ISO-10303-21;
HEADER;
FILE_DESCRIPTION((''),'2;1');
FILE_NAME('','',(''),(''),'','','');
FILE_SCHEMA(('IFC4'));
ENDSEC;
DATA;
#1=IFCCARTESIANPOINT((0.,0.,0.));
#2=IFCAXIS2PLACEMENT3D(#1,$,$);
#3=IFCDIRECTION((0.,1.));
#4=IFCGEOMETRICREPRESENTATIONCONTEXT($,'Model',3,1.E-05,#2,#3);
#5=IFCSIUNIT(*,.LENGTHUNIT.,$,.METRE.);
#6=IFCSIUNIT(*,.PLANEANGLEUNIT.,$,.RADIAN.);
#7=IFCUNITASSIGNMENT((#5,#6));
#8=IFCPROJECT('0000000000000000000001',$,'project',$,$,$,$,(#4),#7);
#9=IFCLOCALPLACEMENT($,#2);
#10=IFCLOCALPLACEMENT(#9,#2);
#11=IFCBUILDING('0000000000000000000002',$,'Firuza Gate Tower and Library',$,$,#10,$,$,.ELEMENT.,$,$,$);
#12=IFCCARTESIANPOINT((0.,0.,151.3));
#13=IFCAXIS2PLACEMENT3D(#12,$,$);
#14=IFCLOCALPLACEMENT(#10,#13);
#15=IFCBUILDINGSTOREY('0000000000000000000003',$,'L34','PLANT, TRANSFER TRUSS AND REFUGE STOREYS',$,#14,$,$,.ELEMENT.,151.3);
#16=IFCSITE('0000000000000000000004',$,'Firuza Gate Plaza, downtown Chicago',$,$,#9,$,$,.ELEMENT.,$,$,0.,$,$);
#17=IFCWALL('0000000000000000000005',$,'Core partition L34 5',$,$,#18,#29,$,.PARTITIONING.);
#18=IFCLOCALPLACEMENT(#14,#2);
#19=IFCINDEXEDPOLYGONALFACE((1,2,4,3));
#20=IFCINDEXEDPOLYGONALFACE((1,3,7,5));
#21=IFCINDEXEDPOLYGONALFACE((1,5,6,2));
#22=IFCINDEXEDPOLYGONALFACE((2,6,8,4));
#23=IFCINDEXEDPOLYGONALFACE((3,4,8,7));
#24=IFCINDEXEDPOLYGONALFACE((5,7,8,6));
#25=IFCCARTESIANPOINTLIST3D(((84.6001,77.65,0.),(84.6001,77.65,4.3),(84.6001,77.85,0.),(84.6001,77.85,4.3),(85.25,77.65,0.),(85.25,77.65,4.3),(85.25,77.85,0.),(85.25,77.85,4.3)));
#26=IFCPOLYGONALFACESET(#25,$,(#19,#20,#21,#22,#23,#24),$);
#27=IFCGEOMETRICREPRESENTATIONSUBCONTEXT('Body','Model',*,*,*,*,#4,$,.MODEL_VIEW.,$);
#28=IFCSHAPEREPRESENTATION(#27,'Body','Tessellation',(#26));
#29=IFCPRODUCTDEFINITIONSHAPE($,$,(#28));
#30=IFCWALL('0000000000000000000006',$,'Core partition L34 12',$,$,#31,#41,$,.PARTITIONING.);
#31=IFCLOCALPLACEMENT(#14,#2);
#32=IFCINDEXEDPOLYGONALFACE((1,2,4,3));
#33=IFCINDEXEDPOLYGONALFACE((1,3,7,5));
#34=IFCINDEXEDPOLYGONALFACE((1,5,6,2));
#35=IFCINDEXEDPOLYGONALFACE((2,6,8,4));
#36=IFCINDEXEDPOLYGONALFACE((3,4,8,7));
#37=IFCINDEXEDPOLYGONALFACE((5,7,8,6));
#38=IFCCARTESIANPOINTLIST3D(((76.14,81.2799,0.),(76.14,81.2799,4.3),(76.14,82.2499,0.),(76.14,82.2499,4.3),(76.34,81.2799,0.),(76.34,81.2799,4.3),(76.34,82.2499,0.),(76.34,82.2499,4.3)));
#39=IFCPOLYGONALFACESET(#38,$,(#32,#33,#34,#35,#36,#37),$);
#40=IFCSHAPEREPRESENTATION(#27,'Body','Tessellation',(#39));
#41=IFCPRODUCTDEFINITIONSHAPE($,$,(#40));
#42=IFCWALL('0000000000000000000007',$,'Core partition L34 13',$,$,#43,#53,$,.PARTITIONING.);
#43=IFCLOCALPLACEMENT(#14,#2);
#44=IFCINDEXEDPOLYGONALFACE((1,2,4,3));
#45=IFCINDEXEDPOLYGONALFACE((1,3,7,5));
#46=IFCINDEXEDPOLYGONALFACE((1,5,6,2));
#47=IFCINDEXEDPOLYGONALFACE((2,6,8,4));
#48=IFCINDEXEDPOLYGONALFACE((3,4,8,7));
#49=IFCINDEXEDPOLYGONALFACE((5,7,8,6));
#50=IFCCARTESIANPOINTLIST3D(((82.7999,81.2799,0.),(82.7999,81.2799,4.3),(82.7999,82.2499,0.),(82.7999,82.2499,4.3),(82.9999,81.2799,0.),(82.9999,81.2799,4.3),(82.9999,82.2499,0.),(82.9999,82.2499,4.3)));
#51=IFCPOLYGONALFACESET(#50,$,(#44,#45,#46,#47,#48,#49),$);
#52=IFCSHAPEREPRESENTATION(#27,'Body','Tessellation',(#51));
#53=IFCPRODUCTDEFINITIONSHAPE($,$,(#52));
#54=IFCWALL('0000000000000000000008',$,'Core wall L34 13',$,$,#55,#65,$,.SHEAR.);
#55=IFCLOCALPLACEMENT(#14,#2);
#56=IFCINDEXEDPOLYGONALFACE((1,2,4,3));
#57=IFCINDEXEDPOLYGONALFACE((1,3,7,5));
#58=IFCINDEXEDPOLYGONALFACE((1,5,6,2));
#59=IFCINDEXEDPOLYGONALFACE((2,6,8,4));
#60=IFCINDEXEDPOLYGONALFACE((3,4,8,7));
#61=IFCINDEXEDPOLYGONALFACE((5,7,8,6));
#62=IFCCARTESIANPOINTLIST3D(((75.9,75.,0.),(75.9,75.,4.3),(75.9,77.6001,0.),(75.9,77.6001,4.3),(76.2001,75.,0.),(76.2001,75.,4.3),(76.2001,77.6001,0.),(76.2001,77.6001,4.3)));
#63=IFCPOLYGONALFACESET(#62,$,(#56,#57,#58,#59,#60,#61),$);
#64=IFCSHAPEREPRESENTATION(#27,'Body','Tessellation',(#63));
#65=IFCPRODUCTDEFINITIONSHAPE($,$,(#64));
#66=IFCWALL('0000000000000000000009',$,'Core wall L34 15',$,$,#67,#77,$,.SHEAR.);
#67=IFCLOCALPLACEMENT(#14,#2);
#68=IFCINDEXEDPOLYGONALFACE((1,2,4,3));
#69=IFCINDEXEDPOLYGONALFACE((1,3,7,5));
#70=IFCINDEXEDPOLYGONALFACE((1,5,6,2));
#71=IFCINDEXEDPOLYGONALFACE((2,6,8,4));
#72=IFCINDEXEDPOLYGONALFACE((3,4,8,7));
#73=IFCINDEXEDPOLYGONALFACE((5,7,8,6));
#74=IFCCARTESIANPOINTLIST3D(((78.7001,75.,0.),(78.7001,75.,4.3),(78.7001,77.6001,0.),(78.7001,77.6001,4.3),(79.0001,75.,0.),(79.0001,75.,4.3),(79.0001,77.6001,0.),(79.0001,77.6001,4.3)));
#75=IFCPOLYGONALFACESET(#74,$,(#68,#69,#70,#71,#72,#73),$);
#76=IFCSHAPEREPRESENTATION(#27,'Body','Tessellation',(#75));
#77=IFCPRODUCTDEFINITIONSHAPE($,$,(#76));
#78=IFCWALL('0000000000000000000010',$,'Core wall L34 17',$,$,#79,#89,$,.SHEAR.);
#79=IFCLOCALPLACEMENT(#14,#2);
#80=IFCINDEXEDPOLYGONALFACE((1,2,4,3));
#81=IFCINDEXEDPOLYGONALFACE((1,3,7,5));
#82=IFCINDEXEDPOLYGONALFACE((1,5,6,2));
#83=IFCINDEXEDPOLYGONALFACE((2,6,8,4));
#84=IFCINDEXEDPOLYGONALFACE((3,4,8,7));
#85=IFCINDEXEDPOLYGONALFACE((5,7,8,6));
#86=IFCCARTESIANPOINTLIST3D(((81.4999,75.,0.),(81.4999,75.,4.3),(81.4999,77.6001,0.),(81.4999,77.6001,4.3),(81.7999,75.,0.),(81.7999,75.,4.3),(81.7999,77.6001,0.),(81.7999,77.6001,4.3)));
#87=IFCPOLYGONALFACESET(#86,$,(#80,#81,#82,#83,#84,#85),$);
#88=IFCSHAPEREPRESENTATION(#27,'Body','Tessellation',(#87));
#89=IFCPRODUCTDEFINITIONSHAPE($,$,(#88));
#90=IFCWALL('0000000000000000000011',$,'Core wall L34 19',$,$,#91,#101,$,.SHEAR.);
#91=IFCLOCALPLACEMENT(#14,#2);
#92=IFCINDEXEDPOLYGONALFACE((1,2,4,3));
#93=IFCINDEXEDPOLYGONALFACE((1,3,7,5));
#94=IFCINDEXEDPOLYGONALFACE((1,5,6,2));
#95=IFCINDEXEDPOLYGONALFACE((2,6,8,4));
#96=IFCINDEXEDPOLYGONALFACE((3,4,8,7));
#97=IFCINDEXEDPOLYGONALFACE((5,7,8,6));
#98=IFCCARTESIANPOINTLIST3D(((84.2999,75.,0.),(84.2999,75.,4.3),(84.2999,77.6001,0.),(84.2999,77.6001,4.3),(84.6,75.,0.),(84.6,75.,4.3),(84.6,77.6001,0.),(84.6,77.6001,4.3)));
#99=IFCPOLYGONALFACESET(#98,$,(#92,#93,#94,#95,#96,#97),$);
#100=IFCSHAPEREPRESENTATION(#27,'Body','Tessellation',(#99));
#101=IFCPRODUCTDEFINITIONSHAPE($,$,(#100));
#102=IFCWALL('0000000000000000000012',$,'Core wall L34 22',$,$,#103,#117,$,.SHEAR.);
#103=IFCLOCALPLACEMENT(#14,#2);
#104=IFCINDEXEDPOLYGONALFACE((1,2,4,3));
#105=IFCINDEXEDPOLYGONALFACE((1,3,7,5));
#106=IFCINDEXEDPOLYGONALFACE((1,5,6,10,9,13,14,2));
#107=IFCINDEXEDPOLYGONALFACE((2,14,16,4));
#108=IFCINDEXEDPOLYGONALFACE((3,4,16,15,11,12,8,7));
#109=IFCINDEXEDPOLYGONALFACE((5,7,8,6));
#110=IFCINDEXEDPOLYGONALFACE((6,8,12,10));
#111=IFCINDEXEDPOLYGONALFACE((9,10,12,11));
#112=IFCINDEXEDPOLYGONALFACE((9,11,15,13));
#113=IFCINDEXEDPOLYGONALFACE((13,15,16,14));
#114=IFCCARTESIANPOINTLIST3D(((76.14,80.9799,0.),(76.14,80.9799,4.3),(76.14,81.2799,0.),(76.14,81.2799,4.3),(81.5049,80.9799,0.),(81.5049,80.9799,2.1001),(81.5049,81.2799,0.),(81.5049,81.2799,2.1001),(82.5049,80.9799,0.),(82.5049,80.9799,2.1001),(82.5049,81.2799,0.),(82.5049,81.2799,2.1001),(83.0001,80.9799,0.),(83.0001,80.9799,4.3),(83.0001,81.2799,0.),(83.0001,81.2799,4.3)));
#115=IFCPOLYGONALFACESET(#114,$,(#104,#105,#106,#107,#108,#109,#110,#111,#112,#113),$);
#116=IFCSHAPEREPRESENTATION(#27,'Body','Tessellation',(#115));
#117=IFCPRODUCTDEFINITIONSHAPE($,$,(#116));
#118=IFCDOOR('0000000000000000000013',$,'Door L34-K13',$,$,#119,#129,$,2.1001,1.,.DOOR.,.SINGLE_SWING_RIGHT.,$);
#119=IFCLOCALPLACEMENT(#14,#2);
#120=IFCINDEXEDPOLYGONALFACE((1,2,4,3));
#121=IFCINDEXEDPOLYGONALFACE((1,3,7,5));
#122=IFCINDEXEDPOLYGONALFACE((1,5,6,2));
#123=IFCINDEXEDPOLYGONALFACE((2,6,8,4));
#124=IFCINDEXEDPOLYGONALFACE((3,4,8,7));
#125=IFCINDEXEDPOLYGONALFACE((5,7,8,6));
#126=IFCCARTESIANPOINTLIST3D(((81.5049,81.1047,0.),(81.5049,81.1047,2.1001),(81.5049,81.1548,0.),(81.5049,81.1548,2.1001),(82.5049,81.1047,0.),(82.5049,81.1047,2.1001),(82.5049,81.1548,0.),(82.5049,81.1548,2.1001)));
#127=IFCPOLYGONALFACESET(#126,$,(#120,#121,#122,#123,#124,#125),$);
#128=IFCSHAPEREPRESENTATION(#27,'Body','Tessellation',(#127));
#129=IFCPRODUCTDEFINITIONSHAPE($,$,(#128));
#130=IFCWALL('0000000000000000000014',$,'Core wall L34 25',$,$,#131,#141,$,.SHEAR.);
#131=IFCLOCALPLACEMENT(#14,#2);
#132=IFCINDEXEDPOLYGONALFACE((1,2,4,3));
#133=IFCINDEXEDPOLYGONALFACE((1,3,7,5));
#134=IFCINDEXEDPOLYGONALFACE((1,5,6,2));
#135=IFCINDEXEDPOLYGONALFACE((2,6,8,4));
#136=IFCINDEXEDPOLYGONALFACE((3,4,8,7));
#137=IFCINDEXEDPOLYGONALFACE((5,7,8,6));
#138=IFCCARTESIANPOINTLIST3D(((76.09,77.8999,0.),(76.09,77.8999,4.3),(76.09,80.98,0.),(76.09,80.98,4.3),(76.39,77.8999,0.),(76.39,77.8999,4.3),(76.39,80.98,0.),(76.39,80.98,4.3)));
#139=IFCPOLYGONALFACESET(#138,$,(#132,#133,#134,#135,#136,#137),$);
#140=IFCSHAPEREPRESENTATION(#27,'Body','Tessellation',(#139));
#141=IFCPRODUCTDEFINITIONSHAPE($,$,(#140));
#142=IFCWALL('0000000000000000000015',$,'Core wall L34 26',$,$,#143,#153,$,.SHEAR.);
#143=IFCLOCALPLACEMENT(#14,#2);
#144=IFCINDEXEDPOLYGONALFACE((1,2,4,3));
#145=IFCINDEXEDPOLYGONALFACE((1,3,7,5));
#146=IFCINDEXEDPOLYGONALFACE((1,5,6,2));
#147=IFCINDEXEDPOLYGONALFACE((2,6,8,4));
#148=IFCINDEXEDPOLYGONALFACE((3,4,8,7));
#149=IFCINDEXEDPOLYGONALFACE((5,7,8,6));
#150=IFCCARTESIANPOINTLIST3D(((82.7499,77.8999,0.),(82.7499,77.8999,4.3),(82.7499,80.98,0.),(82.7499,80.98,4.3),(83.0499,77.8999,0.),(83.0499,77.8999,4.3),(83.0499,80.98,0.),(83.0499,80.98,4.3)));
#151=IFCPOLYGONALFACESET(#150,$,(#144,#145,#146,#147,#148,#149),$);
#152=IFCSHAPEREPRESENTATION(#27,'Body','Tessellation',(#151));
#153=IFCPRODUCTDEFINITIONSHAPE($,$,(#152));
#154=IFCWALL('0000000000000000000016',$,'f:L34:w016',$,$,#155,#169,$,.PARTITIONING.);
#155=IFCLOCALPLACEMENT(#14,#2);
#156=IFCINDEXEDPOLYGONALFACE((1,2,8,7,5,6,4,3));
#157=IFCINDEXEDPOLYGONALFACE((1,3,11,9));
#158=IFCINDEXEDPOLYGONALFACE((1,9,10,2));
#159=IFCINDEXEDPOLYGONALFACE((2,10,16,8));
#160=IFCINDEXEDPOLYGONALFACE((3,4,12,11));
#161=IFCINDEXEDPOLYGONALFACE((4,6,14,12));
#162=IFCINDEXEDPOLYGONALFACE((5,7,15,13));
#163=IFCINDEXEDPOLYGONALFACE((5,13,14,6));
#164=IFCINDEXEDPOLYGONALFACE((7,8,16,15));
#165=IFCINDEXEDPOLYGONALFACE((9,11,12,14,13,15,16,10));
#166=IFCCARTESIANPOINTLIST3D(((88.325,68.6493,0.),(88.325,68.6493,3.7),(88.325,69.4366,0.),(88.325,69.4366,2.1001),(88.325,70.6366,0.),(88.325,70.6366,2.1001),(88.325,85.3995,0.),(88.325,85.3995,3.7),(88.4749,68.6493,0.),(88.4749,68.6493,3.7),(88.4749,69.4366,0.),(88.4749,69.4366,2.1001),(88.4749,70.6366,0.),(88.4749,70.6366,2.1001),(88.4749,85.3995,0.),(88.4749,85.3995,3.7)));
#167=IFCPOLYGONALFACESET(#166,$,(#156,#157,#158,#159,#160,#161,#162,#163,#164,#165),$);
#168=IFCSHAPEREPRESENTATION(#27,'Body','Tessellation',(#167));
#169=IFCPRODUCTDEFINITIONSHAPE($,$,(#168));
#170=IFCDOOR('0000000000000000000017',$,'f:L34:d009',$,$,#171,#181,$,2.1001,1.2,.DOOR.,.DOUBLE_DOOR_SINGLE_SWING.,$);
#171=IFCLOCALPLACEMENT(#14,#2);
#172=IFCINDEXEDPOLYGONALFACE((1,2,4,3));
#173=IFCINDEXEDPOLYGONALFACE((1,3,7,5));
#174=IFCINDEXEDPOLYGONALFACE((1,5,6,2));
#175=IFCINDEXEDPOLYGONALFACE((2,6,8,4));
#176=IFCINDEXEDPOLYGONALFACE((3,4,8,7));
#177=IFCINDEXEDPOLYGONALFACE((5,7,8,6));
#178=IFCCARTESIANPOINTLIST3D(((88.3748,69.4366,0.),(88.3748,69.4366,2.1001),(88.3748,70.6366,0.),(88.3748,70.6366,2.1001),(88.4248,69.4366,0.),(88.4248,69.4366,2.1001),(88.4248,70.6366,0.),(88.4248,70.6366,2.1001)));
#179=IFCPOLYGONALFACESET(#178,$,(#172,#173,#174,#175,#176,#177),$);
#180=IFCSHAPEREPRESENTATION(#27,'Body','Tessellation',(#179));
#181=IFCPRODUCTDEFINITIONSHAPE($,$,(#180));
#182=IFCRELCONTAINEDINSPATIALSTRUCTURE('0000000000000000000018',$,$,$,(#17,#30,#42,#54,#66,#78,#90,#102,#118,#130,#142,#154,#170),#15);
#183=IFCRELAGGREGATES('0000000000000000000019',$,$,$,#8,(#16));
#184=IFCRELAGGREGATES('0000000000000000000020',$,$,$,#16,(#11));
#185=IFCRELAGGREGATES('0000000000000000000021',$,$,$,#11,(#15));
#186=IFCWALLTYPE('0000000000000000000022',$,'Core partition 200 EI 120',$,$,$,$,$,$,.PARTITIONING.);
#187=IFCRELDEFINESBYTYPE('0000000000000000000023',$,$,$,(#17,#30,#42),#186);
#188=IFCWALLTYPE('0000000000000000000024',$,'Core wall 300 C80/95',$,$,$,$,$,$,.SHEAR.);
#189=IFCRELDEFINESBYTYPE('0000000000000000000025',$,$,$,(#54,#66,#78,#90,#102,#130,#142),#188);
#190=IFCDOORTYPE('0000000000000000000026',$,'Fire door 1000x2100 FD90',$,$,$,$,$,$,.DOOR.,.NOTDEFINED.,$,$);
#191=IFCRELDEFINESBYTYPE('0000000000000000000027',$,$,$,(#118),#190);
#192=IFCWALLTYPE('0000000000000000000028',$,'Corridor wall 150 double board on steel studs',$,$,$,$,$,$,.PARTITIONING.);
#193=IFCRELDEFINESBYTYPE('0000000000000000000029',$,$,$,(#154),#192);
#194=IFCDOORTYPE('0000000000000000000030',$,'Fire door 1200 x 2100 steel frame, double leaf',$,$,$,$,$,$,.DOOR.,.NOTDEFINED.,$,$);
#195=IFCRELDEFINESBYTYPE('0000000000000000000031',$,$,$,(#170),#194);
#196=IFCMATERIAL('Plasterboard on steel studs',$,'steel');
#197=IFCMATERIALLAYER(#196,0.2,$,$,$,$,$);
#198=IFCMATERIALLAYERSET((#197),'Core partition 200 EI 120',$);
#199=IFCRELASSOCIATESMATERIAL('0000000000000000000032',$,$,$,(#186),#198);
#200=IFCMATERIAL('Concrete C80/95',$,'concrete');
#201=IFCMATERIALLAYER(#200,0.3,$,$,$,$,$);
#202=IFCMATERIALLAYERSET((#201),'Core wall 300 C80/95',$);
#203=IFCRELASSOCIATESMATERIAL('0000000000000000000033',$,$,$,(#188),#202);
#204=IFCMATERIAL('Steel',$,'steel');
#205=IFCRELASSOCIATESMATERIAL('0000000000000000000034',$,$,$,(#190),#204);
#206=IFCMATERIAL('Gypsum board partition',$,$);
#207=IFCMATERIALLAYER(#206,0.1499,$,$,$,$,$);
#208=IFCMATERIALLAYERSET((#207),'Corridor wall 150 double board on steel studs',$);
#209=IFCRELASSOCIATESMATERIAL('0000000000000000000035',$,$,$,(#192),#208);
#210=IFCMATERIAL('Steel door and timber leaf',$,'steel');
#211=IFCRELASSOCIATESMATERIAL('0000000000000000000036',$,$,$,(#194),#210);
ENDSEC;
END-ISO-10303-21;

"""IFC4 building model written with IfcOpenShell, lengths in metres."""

from ifc_helpers import new_model, si_unit, direction, frame, frame_2d, origin, place, context, subcontext, project, spatial, rectangle, extrude, material, layer, layer_set, type_object, element, fill, save


model = new_model("IFC4")

# Units and contexts
model_context = context("Model", 3, precision=1e-05, world=origin(), true_north=direction((0.0, 1.0)))
body_context = subcontext(model_context, "Body", "Model", "MODEL_VIEW")
ifc_project = project(units=[si_unit("LENGTHUNIT", "METRE"), si_unit("PLANEANGLEUNIT", "RADIAN")], contexts=[model_context])

# Site, building, storey
site_placement = place(None, origin())
site = spatial("IfcSite", under=ifc_project, at=site_placement, Name="Firuza Gate Plaza, downtown Chicago", CompositionType="ELEMENT", RefElevation=0.0)
building_placement = place(site_placement, origin())
building = spatial("IfcBuilding", under=site, at=building_placement, Name="Firuza Gate Tower and Library", CompositionType="ELEMENT")
storey_placement = place(building_placement, frame((0.0, 0.0, 151.3)))
storey = spatial("IfcBuildingStorey", under=building, at=storey_placement, Name="L34", Description="PLANT, TRANSFER TRUSS AND REFUGE STOREYS", CompositionType="ELEMENT", Elevation=151.3)

# Walls
ifc_material_1 = material(Name="Plasterboard on steel studs", Category="steel")
ifc_layer_1 = layer(ifc_material_1, 0.2)
ifc_layer_set_1 = layer_set([ifc_layer_1], Name="Core partition 200 EI 120")
wall_type_1 = type_object("IfcWallType", Name="Core partition 200 EI 120", PredefinedType="PARTITIONING", material=ifc_layer_set_1)
for number, where, z_axis, x_axis, name in (
    (1, (84.6001, 77.75, 0.0), (0.0, 0.0, 1.0), (1.0, 0.0, 0.0), "Core partition L34 5"),
):
    element("IfcWall", number, at=place(storey_placement, frame(where, z_axis=z_axis, x_axis=x_axis)), inside=storey, type_object=wall_type_1, Name=name, PredefinedType="PARTITIONING", context=body_context, shape_type="SweptSolid", body=[
        extrude(rectangle(XDim=0.6499, YDim=0.2, at=frame_2d((0.325, 0.0))), origin(), (0.0, 0.0, 1.0), 4.3),
    ])
for number, where, z_axis, x_axis, name in (
    (2, (76.24, 81.28, 0.0), (0.0, 0.0, 1.0), (0.0, 1.0, 0.0), "Core partition L34 12"),
    (3, (82.8999, 81.28, 0.0), (0.0, 0.0, 1.0), (0.0, 1.0, 0.0), "Core partition L34 13"),
):
    element("IfcWall", number, at=place(storey_placement, frame(where, z_axis=z_axis, x_axis=x_axis)), inside=storey, type_object=wall_type_1, Name=name, PredefinedType="PARTITIONING", context=body_context, shape_type="SweptSolid", body=[
        extrude(rectangle(XDim=0.97, YDim=0.2, at=frame_2d((0.4849, 0.0))), origin(), (0.0, 0.0, 1.0), 4.3),
    ])
ifc_material_2 = material(Name="Concrete C80/95", Category="concrete")
ifc_layer_2 = layer(ifc_material_2, 0.3)
ifc_layer_set_2 = layer_set([ifc_layer_2], Name="Core wall 300 C80/95")
wall_type_2 = type_object("IfcWallType", Name="Core wall 300 C80/95", PredefinedType="SHEAR", material=ifc_layer_set_2)
for number, where, z_axis, x_axis, name in (
    (4, (76.05, 75.0, 0.0), (0.0, 0.0, 1.0), (0.0, 1.0, 0.0), "Core wall L34 13"),
    (5, (78.8501, 75.0, 0.0), (0.0, 0.0, 1.0), (0.0, 1.0, 0.0), "Core wall L34 15"),
    (6, (81.6499, 75.0, 0.0), (0.0, 0.0, 1.0), (0.0, 1.0, 0.0), "Core wall L34 17"),
    (7, (84.45, 75.0, 0.0), (0.0, 0.0, 1.0), (0.0, 1.0, 0.0), "Core wall L34 19"),
):
    element("IfcWall", number, at=place(storey_placement, frame(where, z_axis=z_axis, x_axis=x_axis)), inside=storey, type_object=wall_type_2, Name=name, PredefinedType="SHEAR", context=body_context, shape_type="SweptSolid", body=[
        extrude(rectangle(XDim=2.6001, YDim=0.3, at=frame_2d((1.3, 0.0))), origin(), (0.0, 0.0, 1.0), 4.3),
    ])

# Wall, opening, door
wall_1_placement = place(storey_placement, frame((76.1399, 81.1299, 0.0), z_axis=(0.0, 0.0, 1.0), x_axis=(1.0, 0.0, 0.0)))
wall_1 = element("IfcWall", 8, at=wall_1_placement, inside=storey, type_object=wall_type_2, Name="Core wall L34 22", PredefinedType="SHEAR", context=body_context, shape_type="SweptSolid", body=[
    extrude(rectangle(XDim=6.8601, YDim=0.3, at=frame_2d((3.4302, 0.0))), origin(), (0.0, 0.0, 1.0), 4.3),
])
opening_1_placement = place(wall_1_placement, frame((5.365, 0.0, 0.0)))
opening_1 = element("IfcOpeningElement", 9, at=opening_1_placement, cuts=wall_1, PredefinedType="OPENING", context=body_context, shape_type="SweptSolid", body=[
    extrude(rectangle(XDim=1.0, YDim=2.1001, at=frame_2d((0.5, 1.05))), frame((0.0, 0.1602, 0.0), z_axis=(0.0, -1.0, 0.0), x_axis=(1.0, 0.0, 0.0)), (0.0, 0.0, 1.0), 0.3201),
])
ifc_material_3 = material(Name="Steel", Category="steel")
door_type_1 = type_object("IfcDoorType", Name="Fire door 1000x2100 FD90", OperationType="NOTDEFINED", PredefinedType="DOOR", material=ifc_material_3)
door_1_placement = place(opening_1_placement, origin())
door_1 = element("IfcDoor", 10, at=door_1_placement, inside=storey, type_object=door_type_1, Name="Door L34-K13", OperationType="SINGLE_SWING_RIGHT", OverallHeight=2.1001, OverallWidth=1.0, PredefinedType="DOOR", context=body_context, shape_type="SweptSolid", body=[
    extrude(rectangle(XDim=1.0, YDim=2.1001, at=frame_2d((0.5, 1.05))), frame((0.0, 0.0249, 0.0), z_axis=(0.0, -1.0, 0.0), x_axis=(1.0, 0.0, 0.0)), (0.0, 0.0, 1.0), 0.05),
])
fill(opening_1, door_1)

# Walls
for number, where, z_axis, x_axis, name in (
    (11, (76.24, 77.8999, 0.0), (0.0, 0.0, 1.0), (0.0, 1.0, 0.0), "Core wall L34 25"),
    (12, (82.8999, 77.8999, 0.0), (0.0, 0.0, 1.0), (0.0, 1.0, 0.0), "Core wall L34 26"),
):
    element("IfcWall", number, at=place(storey_placement, frame(where, z_axis=z_axis, x_axis=x_axis)), inside=storey, type_object=wall_type_2, Name=name, PredefinedType="SHEAR", context=body_context, shape_type="SweptSolid", body=[
        extrude(rectangle(XDim=3.0801, YDim=0.3, at=frame_2d((1.54, 0.0))), origin(), (0.0, 0.0, 1.0), 4.3),
    ])

# Wall, opening, door
ifc_material_4 = material(Name="Gypsum board partition")
ifc_layer_3 = layer(ifc_material_4, 0.1499)
ifc_layer_set_3 = layer_set([ifc_layer_3], Name="Corridor wall 150 double board on steel studs")
wall_type_3 = type_object("IfcWallType", Name="Corridor wall 150 double board on steel studs", PredefinedType="PARTITIONING", material=ifc_layer_set_3)
wall_2_placement = place(storey_placement, frame((88.3999, 85.3994, 0.0), z_axis=(0.0, 0.0, 1.0), x_axis=(0.0, -1.0, 0.0)))
wall_2 = element("IfcWall", 13, at=wall_2_placement, inside=storey, type_object=wall_type_3, Name="f:L34:w016", PredefinedType="PARTITIONING", context=body_context, shape_type="SweptSolid", body=[
    extrude(rectangle(XDim=16.7502, YDim=0.1499, at=frame_2d((8.375, 0.0))), origin(), (0.0, 0.0, 1.0), 3.7),
])
opening_2_placement = place(wall_2_placement, frame((14.7627, 0.0, 0.0)))
opening_2 = element("IfcOpeningElement", 14, at=opening_2_placement, cuts=wall_2, PredefinedType="OPENING", context=body_context, shape_type="SweptSolid", body=[
    extrude(rectangle(XDim=1.2, YDim=2.1001, at=frame_2d((0.6001, 1.05))), frame((0.0, 0.085, 0.0), z_axis=(0.0, -1.0, 0.0), x_axis=(1.0, 0.0, 0.0)), (0.0, 0.0, 1.0), 0.1699),
])
ifc_material_5 = material(Name="Steel door and timber leaf", Category="steel")
door_type_2 = type_object("IfcDoorType", Name="Fire door 1200 x 2100 steel frame, double leaf", OperationType="NOTDEFINED", PredefinedType="DOOR", material=ifc_material_5)
door_2_placement = place(opening_2_placement, origin())
door_2 = element("IfcDoor", 15, at=door_2_placement, inside=storey, type_object=door_type_2, Name="f:L34:d009", OperationType="DOUBLE_DOOR_SINGLE_SWING", OverallHeight=2.1001, OverallWidth=1.2, PredefinedType="DOOR", context=body_context, shape_type="SweptSolid", body=[
    extrude(rectangle(XDim=1.2, YDim=2.1001, at=frame_2d((0.6001, 1.05))), frame((0.0, 0.0249, 0.0), z_axis=(0.0, -1.0, 0.0), x_axis=(1.0, 0.0, 0.0)), (0.0, 0.0, 1.0), 0.05),
])
fill(opening_2, door_2)

save(model, "model.ifc")
